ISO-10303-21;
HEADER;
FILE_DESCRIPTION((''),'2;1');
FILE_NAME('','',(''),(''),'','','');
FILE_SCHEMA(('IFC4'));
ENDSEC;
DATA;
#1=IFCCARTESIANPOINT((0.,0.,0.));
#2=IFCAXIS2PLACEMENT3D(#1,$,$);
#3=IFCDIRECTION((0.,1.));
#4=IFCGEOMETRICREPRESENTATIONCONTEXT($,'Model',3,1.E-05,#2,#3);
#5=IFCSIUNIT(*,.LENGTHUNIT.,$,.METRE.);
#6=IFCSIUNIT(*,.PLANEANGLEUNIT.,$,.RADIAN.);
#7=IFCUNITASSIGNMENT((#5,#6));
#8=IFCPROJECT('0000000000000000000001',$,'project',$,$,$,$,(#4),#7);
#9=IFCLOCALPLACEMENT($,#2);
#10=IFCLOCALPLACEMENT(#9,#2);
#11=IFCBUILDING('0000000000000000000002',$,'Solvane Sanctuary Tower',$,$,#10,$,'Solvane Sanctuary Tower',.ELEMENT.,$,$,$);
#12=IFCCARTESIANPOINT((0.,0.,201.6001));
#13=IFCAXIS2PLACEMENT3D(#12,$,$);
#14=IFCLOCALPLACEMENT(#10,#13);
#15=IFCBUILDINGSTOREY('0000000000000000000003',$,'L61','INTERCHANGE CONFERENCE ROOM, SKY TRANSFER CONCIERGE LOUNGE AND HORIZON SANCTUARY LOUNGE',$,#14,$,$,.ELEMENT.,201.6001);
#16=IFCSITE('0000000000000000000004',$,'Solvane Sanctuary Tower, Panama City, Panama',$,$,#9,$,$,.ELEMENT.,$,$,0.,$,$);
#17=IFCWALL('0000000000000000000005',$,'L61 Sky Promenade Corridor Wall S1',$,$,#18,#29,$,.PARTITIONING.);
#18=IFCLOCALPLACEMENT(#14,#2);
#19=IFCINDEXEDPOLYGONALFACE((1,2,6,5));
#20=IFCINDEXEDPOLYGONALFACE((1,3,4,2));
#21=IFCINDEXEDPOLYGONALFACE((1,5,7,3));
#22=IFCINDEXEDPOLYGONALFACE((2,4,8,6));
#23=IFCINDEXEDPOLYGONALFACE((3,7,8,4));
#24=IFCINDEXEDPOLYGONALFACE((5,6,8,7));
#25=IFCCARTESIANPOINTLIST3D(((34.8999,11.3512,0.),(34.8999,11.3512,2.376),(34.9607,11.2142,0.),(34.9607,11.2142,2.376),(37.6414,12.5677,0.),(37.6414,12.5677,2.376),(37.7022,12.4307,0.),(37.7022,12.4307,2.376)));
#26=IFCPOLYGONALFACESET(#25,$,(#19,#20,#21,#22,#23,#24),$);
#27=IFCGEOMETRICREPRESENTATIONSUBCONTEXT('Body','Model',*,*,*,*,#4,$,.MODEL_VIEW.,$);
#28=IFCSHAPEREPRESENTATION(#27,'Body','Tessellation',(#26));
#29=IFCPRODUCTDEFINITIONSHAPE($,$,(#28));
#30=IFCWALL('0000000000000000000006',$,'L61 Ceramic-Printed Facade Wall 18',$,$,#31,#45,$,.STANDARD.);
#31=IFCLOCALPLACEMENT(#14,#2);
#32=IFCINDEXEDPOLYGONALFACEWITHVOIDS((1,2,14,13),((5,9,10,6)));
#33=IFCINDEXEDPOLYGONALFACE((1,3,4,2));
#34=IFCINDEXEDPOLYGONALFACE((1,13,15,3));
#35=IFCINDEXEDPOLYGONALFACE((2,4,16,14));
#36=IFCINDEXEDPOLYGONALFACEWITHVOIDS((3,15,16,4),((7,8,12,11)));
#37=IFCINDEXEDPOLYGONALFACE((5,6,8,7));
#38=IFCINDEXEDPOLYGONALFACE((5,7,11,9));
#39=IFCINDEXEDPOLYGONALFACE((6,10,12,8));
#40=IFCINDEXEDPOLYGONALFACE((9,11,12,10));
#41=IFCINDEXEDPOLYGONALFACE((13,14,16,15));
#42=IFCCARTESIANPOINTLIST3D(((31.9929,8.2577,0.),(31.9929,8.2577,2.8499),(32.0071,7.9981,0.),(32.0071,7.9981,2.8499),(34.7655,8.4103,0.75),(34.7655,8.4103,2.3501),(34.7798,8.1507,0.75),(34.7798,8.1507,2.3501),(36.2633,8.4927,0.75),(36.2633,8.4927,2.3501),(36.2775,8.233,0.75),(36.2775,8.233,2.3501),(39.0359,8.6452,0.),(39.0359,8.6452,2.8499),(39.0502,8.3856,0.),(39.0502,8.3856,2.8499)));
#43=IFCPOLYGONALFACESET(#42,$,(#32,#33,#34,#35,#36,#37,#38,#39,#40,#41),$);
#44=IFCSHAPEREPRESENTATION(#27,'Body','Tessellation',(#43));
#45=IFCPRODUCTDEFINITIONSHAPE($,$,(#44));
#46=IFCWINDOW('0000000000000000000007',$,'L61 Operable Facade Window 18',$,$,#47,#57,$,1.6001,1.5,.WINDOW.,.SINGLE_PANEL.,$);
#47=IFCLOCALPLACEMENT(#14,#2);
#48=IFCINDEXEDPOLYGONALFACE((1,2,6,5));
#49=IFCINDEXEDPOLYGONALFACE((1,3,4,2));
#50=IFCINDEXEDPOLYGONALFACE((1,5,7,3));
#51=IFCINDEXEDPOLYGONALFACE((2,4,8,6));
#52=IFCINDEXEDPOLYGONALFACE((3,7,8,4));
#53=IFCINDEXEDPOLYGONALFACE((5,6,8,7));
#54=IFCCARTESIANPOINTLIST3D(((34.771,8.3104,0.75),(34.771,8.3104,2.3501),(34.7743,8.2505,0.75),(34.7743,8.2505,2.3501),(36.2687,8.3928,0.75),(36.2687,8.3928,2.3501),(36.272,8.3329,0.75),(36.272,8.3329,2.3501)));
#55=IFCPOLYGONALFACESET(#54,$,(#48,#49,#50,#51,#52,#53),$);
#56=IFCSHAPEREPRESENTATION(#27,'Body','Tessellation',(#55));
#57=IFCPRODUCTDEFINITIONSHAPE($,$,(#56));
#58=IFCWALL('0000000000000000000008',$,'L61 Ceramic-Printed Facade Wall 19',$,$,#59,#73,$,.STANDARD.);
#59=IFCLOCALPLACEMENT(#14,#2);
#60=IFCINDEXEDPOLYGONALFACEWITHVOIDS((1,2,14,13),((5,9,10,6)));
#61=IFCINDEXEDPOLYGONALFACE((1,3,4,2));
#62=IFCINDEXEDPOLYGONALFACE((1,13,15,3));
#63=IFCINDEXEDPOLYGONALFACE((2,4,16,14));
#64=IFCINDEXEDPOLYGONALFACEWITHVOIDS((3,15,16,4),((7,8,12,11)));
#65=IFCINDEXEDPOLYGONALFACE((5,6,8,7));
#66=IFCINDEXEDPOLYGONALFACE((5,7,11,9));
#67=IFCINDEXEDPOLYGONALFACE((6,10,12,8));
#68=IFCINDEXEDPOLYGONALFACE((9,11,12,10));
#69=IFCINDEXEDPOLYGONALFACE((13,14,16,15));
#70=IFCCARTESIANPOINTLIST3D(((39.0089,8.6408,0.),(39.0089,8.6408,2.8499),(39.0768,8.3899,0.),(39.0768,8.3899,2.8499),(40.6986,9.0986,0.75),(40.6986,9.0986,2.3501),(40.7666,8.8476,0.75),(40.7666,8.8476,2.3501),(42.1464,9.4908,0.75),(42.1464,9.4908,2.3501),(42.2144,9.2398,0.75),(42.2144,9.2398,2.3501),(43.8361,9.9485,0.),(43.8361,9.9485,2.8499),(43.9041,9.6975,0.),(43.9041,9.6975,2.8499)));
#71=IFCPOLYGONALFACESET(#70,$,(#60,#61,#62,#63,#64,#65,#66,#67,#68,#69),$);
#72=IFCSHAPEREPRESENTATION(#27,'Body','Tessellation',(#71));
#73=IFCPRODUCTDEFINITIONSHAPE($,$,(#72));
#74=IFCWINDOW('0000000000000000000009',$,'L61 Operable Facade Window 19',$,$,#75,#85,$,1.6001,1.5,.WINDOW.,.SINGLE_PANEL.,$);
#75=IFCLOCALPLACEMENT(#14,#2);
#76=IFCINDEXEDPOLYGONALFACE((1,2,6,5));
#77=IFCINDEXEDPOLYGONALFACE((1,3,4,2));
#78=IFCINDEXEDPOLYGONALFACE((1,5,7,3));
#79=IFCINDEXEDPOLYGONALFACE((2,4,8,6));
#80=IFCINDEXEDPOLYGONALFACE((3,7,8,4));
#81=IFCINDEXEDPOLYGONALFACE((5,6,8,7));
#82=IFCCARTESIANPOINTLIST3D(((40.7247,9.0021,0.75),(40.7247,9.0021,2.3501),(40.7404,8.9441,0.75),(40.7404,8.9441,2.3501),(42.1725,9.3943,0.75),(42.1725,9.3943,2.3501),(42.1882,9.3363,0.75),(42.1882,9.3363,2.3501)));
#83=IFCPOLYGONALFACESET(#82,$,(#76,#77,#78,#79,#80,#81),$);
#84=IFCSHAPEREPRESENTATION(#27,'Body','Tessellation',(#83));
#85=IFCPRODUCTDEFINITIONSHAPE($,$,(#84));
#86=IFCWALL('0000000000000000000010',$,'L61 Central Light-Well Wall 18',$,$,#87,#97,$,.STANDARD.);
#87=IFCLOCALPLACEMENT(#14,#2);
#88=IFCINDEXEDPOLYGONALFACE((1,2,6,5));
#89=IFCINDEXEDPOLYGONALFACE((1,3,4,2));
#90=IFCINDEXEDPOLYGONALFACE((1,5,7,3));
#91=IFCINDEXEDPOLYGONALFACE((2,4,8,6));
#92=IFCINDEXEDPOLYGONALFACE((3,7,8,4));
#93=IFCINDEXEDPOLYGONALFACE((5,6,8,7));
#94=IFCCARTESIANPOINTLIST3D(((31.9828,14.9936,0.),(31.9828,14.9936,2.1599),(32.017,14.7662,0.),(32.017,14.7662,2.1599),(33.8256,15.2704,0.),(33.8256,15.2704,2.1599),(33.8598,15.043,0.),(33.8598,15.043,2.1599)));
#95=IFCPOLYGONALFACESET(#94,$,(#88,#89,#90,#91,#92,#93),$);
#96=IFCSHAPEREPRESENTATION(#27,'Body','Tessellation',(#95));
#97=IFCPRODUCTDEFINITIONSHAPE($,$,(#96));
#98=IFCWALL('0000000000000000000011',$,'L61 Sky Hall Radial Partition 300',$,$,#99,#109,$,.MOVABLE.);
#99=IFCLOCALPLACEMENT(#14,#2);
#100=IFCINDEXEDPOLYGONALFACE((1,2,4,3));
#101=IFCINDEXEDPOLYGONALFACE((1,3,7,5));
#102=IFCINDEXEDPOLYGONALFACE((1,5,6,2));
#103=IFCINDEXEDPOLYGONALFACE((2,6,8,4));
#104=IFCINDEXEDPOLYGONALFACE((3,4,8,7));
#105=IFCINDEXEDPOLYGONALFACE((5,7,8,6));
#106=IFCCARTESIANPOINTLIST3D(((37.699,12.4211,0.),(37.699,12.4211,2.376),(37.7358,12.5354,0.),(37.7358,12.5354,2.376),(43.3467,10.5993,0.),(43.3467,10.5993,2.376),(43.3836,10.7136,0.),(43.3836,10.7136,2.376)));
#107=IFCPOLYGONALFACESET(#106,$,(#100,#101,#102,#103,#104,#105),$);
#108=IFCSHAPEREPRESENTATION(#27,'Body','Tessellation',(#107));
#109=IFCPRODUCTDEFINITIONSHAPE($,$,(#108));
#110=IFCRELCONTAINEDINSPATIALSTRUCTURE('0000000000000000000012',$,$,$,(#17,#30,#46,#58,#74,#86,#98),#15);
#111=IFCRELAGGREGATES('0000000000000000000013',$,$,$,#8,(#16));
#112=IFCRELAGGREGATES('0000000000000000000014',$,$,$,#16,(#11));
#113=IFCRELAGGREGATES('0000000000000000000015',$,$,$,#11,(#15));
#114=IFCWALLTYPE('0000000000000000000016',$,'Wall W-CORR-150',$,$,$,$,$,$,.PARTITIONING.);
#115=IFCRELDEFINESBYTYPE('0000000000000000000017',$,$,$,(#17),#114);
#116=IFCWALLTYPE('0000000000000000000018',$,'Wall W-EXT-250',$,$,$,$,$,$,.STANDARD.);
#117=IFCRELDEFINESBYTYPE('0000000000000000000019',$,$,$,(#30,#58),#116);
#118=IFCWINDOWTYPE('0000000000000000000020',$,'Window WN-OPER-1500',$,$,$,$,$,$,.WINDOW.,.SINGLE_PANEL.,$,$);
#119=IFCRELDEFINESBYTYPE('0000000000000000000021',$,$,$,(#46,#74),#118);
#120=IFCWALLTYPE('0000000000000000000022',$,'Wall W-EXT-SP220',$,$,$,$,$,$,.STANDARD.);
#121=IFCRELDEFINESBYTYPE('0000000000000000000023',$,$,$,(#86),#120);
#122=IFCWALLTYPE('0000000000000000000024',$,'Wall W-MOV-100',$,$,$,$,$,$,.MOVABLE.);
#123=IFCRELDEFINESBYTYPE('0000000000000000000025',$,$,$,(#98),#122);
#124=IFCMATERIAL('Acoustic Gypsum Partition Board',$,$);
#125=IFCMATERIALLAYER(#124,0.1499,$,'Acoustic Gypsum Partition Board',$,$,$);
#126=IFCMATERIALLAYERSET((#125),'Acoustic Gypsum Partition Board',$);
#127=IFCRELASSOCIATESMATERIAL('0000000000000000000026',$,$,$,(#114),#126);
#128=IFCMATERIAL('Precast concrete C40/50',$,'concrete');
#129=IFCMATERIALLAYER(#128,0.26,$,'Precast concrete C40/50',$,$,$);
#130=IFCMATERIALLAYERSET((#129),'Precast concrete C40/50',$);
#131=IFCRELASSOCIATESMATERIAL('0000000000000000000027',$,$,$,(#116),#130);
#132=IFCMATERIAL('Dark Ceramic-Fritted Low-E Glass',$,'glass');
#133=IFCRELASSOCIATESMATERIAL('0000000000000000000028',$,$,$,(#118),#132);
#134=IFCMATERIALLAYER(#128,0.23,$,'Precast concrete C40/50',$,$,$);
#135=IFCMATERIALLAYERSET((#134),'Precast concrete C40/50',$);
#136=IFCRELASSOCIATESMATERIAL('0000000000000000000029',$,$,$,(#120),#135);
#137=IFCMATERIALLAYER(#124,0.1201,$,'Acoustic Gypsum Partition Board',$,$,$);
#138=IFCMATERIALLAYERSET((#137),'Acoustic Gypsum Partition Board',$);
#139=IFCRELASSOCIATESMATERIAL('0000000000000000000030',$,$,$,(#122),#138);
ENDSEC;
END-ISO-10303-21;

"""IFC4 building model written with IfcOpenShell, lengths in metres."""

from ifc_helpers import new_model, si_unit, direction, frame, frame_2d, origin, place, context, subcontext, project, spatial, rectangle, extrude, material, layer, layer_set, type_object, element, fill, save


model = new_model("IFC4")

# Units and contexts
model_context = context("Model", 3, precision=1e-05, world=origin(), true_north=direction((0.0, 1.0)))
body_context = subcontext(model_context, "Body", "Model", "MODEL_VIEW")
ifc_project = project(units=[si_unit("LENGTHUNIT", "METRE"), si_unit("PLANEANGLEUNIT", "RADIAN")], contexts=[model_context])

# Site, building, storey
site_placement = place(None, origin())
site = spatial("IfcSite", under=ifc_project, at=site_placement, Name="Solvane Sanctuary Tower, Panama City, Panama", CompositionType="ELEMENT", RefElevation=0.0)
building_placement = place(site_placement, origin())
building = spatial("IfcBuilding", under=site, at=building_placement, Name="Solvane Sanctuary Tower", LongName="Solvane Sanctuary Tower", CompositionType="ELEMENT")
storey_placement = place(building_placement, frame((0.0, 0.0, 201.6001)))
storey = spatial("IfcBuildingStorey", under=building, at=storey_placement, Name="L61", Description="INTERCHANGE CONFERENCE ROOM, SKY TRANSFER CONCIERGE LOUNGE AND HORIZON SANCTUARY LOUNGE", CompositionType="ELEMENT", Elevation=201.6001)

# Shared definitions
ifc_material_1 = material(Name="Acoustic Gypsum Partition Board")
ifc_layer_1 = layer(ifc_material_1, 0.1499, Name="Acoustic Gypsum Partition Board")
ifc_layer_set_1 = layer_set([ifc_layer_1], Name="Acoustic Gypsum Partition Board")
wall_type_1 = type_object("IfcWallType", Name="Wall W-CORR-150", PredefinedType="PARTITIONING", material=ifc_layer_set_1)

# Wall
wall_1_placement = place(storey_placement, frame((34.9304, 11.2827, 0.0), z_axis=(0.0, 0.0, 1.0), x_axis=(0.914043, 0.405617, 0.0)))
element("IfcWall", 1, at=wall_1_placement, inside=storey, type_object=wall_type_1, Name="L61 Sky Promenade Corridor Wall S1", PredefinedType="PARTITIONING", context=body_context, shape_type="SweptSolid", body=[
    extrude(rectangle(XDim=2.9993, YDim=0.1499, at=frame_2d((1.4995, 0.0))), origin(), (0.0, 0.0, 1.0), 2.376),
])

# Walls, openings, windows
ifc_material_2 = material(Name="Precast concrete C40/50", Category="concrete")
ifc_layer_2 = layer(ifc_material_2, 0.26, Name="Precast concrete C40/50")
ifc_layer_set_2 = layer_set([ifc_layer_2], Name="Precast concrete C40/50")
wall_type_2 = type_object("IfcWallType", Name="Wall W-EXT-250", PredefinedType="STANDARD", material=ifc_layer_set_2)
wall_2_placement = place(storey_placement, frame((32.0, 8.1279, 0.0), z_axis=(0.0, 0.0, 1.0), x_axis=(0.99849, 0.054929, 0.0)))
wall_2 = element("IfcWall", 2, at=wall_2_placement, inside=storey, type_object=wall_type_2, Name="L61 Ceramic-Printed Facade Wall 18", PredefinedType="STANDARD", context=body_context, shape_type="SweptSolid", body=[
    extrude(rectangle(XDim=7.0537, YDim=0.26, at=frame_2d((3.5269, 0.0))), origin(), (0.0, 0.0, 1.0), 2.8499),
])
opening_1_placement = place(wall_2_placement, frame((2.7769, 0.0, 0.75)))
opening_1 = element("IfcOpeningElement", 3, at=opening_1_placement, cuts=wall_2, PredefinedType="OPENING", context=body_context, shape_type="SweptSolid", body=[
    extrude(rectangle(XDim=1.5, YDim=1.6001, at=frame_2d((0.75, 0.8))), frame((0.0, 0.1399, 0.0), z_axis=(0.0, -1.0, 0.0), x_axis=(1.0, 0.0, 0.0)), (0.0, 0.0, 1.0), 0.28),
])
ifc_material_3 = material(Name="Dark Ceramic-Fritted Low-E Glass", Category="glass")
window_type = type_object("IfcWindowType", Name="Window WN-OPER-1500", PartitioningType="SINGLE_PANEL", PredefinedType="WINDOW", material=ifc_material_3)
window_1_placement = place(opening_1_placement, origin())
window_1 = element("IfcWindow", 4, at=window_1_placement, inside=storey, type_object=window_type, Name="L61 Operable Facade Window 18", OverallHeight=1.6001, OverallWidth=1.5, PartitioningType="SINGLE_PANEL", PredefinedType="WINDOW", context=body_context, shape_type="SweptSolid", body=[
    extrude(rectangle(XDim=1.5, YDim=1.6001, at=frame_2d((0.75, 0.8))), frame((0.0, 0.03, 0.0), z_axis=(0.0, -1.0, 0.0), x_axis=(1.0, 0.0, 0.0)), (0.0, 0.0, 1.0), 0.0601),
])
fill(opening_1, window_1)
wall_3_placement = place(storey_placement, frame((39.043, 8.5154, 0.0), z_axis=(0.0, 0.0, 1.0), x_axis=(0.965213, 0.261465, 0.0)))
wall_3 = element("IfcWall", 5, at=wall_3_placement, inside=storey, type_object=wall_type_2, Name="L61 Ceramic-Printed Facade Wall 19", PredefinedType="STANDARD", context=body_context, shape_type="SweptSolid", body=[
    extrude(rectangle(XDim=5.0012, YDim=0.26, at=frame_2d((2.5005, 0.0))), origin(), (0.0, 0.0, 1.0), 2.8499),
])
opening_2_placement = place(wall_3_placement, frame((1.7505, 0.0, 0.75)))
opening_2 = element("IfcOpeningElement", 6, at=opening_2_placement, cuts=wall_3, PredefinedType="OPENING", context=body_context, shape_type="SweptSolid", body=[
    extrude(rectangle(XDim=1.5, YDim=1.6001, at=frame_2d((0.75, 0.8))), frame((0.0, 0.1399, 0.0), z_axis=(0.0, -1.0, 0.0), x_axis=(1.0, 0.0, 0.0)), (0.0, 0.0, 1.0), 0.28),
])
window_2_placement = place(opening_2_placement, origin())
window_2 = element("IfcWindow", 7, at=window_2_placement, inside=storey, type_object=window_type, Name="L61 Operable Facade Window 19", OverallHeight=1.6001, OverallWidth=1.5, PartitioningType="SINGLE_PANEL", PredefinedType="WINDOW", context=body_context, shape_type="SweptSolid", body=[
    extrude(rectangle(XDim=1.5, YDim=1.6001, at=frame_2d((0.75, 0.8))), frame((0.0, 0.03, 0.0), z_axis=(0.0, -1.0, 0.0), x_axis=(1.0, 0.0, 0.0)), (0.0, 0.0, 1.0), 0.0601),
])
fill(opening_2, window_2)

# Walls
ifc_layer_3 = layer(ifc_material_2, 0.23, Name="Precast concrete C40/50")
ifc_layer_set_3 = layer_set([ifc_layer_3], Name="Precast concrete C40/50")
wall_type_3 = type_object("IfcWallType", Name="Wall W-EXT-SP220", PredefinedType="STANDARD", material=ifc_layer_set_3)
wall_4_placement = place(storey_placement, frame((32.0, 14.8799, 0.0), z_axis=(0.0, 0.0, 1.0), x_axis=(0.988902, 0.148571, 0.0)))
element("IfcWall", 8, at=wall_4_placement, inside=storey, type_object=wall_type_3, Name="L61 Central Light-Well Wall 18", PredefinedType="STANDARD", context=body_context, shape_type="SweptSolid", body=[
    extrude(rectangle(XDim=1.8635, YDim=0.23, at=frame_2d((0.9316, 0.0))), origin(), (0.0, 0.0, 1.0), 2.1599),
])
ifc_layer_4 = layer(ifc_material_1, 0.1201, Name="Acoustic Gypsum Partition Board")
ifc_layer_set_4 = layer_set([ifc_layer_4], Name="Acoustic Gypsum Partition Board")
wall_type_4 = type_object("IfcWallType", Name="Wall W-MOV-100", PredefinedType="MOVABLE", material=ifc_layer_set_4)
wall_5_placement = place(storey_placement, frame((37.7173, 12.4783, 0.0), z_axis=(0.0, 0.0, 1.0), x_axis=(0.951712, -0.306993, 0.0)))
element("IfcWall", 9, at=wall_5_placement, inside=storey, type_object=wall_type_4, Name="L61 Sky Hall Radial Partition 300", PredefinedType="MOVABLE", context=body_context, shape_type="SweptSolid", body=[
    extrude(rectangle(XDim=5.9343, YDim=0.1201, at=frame_2d((2.9673, 0.0))), origin(), (0.0, 0.0, 1.0), 2.376),
])

save(model, "model.ifc")
